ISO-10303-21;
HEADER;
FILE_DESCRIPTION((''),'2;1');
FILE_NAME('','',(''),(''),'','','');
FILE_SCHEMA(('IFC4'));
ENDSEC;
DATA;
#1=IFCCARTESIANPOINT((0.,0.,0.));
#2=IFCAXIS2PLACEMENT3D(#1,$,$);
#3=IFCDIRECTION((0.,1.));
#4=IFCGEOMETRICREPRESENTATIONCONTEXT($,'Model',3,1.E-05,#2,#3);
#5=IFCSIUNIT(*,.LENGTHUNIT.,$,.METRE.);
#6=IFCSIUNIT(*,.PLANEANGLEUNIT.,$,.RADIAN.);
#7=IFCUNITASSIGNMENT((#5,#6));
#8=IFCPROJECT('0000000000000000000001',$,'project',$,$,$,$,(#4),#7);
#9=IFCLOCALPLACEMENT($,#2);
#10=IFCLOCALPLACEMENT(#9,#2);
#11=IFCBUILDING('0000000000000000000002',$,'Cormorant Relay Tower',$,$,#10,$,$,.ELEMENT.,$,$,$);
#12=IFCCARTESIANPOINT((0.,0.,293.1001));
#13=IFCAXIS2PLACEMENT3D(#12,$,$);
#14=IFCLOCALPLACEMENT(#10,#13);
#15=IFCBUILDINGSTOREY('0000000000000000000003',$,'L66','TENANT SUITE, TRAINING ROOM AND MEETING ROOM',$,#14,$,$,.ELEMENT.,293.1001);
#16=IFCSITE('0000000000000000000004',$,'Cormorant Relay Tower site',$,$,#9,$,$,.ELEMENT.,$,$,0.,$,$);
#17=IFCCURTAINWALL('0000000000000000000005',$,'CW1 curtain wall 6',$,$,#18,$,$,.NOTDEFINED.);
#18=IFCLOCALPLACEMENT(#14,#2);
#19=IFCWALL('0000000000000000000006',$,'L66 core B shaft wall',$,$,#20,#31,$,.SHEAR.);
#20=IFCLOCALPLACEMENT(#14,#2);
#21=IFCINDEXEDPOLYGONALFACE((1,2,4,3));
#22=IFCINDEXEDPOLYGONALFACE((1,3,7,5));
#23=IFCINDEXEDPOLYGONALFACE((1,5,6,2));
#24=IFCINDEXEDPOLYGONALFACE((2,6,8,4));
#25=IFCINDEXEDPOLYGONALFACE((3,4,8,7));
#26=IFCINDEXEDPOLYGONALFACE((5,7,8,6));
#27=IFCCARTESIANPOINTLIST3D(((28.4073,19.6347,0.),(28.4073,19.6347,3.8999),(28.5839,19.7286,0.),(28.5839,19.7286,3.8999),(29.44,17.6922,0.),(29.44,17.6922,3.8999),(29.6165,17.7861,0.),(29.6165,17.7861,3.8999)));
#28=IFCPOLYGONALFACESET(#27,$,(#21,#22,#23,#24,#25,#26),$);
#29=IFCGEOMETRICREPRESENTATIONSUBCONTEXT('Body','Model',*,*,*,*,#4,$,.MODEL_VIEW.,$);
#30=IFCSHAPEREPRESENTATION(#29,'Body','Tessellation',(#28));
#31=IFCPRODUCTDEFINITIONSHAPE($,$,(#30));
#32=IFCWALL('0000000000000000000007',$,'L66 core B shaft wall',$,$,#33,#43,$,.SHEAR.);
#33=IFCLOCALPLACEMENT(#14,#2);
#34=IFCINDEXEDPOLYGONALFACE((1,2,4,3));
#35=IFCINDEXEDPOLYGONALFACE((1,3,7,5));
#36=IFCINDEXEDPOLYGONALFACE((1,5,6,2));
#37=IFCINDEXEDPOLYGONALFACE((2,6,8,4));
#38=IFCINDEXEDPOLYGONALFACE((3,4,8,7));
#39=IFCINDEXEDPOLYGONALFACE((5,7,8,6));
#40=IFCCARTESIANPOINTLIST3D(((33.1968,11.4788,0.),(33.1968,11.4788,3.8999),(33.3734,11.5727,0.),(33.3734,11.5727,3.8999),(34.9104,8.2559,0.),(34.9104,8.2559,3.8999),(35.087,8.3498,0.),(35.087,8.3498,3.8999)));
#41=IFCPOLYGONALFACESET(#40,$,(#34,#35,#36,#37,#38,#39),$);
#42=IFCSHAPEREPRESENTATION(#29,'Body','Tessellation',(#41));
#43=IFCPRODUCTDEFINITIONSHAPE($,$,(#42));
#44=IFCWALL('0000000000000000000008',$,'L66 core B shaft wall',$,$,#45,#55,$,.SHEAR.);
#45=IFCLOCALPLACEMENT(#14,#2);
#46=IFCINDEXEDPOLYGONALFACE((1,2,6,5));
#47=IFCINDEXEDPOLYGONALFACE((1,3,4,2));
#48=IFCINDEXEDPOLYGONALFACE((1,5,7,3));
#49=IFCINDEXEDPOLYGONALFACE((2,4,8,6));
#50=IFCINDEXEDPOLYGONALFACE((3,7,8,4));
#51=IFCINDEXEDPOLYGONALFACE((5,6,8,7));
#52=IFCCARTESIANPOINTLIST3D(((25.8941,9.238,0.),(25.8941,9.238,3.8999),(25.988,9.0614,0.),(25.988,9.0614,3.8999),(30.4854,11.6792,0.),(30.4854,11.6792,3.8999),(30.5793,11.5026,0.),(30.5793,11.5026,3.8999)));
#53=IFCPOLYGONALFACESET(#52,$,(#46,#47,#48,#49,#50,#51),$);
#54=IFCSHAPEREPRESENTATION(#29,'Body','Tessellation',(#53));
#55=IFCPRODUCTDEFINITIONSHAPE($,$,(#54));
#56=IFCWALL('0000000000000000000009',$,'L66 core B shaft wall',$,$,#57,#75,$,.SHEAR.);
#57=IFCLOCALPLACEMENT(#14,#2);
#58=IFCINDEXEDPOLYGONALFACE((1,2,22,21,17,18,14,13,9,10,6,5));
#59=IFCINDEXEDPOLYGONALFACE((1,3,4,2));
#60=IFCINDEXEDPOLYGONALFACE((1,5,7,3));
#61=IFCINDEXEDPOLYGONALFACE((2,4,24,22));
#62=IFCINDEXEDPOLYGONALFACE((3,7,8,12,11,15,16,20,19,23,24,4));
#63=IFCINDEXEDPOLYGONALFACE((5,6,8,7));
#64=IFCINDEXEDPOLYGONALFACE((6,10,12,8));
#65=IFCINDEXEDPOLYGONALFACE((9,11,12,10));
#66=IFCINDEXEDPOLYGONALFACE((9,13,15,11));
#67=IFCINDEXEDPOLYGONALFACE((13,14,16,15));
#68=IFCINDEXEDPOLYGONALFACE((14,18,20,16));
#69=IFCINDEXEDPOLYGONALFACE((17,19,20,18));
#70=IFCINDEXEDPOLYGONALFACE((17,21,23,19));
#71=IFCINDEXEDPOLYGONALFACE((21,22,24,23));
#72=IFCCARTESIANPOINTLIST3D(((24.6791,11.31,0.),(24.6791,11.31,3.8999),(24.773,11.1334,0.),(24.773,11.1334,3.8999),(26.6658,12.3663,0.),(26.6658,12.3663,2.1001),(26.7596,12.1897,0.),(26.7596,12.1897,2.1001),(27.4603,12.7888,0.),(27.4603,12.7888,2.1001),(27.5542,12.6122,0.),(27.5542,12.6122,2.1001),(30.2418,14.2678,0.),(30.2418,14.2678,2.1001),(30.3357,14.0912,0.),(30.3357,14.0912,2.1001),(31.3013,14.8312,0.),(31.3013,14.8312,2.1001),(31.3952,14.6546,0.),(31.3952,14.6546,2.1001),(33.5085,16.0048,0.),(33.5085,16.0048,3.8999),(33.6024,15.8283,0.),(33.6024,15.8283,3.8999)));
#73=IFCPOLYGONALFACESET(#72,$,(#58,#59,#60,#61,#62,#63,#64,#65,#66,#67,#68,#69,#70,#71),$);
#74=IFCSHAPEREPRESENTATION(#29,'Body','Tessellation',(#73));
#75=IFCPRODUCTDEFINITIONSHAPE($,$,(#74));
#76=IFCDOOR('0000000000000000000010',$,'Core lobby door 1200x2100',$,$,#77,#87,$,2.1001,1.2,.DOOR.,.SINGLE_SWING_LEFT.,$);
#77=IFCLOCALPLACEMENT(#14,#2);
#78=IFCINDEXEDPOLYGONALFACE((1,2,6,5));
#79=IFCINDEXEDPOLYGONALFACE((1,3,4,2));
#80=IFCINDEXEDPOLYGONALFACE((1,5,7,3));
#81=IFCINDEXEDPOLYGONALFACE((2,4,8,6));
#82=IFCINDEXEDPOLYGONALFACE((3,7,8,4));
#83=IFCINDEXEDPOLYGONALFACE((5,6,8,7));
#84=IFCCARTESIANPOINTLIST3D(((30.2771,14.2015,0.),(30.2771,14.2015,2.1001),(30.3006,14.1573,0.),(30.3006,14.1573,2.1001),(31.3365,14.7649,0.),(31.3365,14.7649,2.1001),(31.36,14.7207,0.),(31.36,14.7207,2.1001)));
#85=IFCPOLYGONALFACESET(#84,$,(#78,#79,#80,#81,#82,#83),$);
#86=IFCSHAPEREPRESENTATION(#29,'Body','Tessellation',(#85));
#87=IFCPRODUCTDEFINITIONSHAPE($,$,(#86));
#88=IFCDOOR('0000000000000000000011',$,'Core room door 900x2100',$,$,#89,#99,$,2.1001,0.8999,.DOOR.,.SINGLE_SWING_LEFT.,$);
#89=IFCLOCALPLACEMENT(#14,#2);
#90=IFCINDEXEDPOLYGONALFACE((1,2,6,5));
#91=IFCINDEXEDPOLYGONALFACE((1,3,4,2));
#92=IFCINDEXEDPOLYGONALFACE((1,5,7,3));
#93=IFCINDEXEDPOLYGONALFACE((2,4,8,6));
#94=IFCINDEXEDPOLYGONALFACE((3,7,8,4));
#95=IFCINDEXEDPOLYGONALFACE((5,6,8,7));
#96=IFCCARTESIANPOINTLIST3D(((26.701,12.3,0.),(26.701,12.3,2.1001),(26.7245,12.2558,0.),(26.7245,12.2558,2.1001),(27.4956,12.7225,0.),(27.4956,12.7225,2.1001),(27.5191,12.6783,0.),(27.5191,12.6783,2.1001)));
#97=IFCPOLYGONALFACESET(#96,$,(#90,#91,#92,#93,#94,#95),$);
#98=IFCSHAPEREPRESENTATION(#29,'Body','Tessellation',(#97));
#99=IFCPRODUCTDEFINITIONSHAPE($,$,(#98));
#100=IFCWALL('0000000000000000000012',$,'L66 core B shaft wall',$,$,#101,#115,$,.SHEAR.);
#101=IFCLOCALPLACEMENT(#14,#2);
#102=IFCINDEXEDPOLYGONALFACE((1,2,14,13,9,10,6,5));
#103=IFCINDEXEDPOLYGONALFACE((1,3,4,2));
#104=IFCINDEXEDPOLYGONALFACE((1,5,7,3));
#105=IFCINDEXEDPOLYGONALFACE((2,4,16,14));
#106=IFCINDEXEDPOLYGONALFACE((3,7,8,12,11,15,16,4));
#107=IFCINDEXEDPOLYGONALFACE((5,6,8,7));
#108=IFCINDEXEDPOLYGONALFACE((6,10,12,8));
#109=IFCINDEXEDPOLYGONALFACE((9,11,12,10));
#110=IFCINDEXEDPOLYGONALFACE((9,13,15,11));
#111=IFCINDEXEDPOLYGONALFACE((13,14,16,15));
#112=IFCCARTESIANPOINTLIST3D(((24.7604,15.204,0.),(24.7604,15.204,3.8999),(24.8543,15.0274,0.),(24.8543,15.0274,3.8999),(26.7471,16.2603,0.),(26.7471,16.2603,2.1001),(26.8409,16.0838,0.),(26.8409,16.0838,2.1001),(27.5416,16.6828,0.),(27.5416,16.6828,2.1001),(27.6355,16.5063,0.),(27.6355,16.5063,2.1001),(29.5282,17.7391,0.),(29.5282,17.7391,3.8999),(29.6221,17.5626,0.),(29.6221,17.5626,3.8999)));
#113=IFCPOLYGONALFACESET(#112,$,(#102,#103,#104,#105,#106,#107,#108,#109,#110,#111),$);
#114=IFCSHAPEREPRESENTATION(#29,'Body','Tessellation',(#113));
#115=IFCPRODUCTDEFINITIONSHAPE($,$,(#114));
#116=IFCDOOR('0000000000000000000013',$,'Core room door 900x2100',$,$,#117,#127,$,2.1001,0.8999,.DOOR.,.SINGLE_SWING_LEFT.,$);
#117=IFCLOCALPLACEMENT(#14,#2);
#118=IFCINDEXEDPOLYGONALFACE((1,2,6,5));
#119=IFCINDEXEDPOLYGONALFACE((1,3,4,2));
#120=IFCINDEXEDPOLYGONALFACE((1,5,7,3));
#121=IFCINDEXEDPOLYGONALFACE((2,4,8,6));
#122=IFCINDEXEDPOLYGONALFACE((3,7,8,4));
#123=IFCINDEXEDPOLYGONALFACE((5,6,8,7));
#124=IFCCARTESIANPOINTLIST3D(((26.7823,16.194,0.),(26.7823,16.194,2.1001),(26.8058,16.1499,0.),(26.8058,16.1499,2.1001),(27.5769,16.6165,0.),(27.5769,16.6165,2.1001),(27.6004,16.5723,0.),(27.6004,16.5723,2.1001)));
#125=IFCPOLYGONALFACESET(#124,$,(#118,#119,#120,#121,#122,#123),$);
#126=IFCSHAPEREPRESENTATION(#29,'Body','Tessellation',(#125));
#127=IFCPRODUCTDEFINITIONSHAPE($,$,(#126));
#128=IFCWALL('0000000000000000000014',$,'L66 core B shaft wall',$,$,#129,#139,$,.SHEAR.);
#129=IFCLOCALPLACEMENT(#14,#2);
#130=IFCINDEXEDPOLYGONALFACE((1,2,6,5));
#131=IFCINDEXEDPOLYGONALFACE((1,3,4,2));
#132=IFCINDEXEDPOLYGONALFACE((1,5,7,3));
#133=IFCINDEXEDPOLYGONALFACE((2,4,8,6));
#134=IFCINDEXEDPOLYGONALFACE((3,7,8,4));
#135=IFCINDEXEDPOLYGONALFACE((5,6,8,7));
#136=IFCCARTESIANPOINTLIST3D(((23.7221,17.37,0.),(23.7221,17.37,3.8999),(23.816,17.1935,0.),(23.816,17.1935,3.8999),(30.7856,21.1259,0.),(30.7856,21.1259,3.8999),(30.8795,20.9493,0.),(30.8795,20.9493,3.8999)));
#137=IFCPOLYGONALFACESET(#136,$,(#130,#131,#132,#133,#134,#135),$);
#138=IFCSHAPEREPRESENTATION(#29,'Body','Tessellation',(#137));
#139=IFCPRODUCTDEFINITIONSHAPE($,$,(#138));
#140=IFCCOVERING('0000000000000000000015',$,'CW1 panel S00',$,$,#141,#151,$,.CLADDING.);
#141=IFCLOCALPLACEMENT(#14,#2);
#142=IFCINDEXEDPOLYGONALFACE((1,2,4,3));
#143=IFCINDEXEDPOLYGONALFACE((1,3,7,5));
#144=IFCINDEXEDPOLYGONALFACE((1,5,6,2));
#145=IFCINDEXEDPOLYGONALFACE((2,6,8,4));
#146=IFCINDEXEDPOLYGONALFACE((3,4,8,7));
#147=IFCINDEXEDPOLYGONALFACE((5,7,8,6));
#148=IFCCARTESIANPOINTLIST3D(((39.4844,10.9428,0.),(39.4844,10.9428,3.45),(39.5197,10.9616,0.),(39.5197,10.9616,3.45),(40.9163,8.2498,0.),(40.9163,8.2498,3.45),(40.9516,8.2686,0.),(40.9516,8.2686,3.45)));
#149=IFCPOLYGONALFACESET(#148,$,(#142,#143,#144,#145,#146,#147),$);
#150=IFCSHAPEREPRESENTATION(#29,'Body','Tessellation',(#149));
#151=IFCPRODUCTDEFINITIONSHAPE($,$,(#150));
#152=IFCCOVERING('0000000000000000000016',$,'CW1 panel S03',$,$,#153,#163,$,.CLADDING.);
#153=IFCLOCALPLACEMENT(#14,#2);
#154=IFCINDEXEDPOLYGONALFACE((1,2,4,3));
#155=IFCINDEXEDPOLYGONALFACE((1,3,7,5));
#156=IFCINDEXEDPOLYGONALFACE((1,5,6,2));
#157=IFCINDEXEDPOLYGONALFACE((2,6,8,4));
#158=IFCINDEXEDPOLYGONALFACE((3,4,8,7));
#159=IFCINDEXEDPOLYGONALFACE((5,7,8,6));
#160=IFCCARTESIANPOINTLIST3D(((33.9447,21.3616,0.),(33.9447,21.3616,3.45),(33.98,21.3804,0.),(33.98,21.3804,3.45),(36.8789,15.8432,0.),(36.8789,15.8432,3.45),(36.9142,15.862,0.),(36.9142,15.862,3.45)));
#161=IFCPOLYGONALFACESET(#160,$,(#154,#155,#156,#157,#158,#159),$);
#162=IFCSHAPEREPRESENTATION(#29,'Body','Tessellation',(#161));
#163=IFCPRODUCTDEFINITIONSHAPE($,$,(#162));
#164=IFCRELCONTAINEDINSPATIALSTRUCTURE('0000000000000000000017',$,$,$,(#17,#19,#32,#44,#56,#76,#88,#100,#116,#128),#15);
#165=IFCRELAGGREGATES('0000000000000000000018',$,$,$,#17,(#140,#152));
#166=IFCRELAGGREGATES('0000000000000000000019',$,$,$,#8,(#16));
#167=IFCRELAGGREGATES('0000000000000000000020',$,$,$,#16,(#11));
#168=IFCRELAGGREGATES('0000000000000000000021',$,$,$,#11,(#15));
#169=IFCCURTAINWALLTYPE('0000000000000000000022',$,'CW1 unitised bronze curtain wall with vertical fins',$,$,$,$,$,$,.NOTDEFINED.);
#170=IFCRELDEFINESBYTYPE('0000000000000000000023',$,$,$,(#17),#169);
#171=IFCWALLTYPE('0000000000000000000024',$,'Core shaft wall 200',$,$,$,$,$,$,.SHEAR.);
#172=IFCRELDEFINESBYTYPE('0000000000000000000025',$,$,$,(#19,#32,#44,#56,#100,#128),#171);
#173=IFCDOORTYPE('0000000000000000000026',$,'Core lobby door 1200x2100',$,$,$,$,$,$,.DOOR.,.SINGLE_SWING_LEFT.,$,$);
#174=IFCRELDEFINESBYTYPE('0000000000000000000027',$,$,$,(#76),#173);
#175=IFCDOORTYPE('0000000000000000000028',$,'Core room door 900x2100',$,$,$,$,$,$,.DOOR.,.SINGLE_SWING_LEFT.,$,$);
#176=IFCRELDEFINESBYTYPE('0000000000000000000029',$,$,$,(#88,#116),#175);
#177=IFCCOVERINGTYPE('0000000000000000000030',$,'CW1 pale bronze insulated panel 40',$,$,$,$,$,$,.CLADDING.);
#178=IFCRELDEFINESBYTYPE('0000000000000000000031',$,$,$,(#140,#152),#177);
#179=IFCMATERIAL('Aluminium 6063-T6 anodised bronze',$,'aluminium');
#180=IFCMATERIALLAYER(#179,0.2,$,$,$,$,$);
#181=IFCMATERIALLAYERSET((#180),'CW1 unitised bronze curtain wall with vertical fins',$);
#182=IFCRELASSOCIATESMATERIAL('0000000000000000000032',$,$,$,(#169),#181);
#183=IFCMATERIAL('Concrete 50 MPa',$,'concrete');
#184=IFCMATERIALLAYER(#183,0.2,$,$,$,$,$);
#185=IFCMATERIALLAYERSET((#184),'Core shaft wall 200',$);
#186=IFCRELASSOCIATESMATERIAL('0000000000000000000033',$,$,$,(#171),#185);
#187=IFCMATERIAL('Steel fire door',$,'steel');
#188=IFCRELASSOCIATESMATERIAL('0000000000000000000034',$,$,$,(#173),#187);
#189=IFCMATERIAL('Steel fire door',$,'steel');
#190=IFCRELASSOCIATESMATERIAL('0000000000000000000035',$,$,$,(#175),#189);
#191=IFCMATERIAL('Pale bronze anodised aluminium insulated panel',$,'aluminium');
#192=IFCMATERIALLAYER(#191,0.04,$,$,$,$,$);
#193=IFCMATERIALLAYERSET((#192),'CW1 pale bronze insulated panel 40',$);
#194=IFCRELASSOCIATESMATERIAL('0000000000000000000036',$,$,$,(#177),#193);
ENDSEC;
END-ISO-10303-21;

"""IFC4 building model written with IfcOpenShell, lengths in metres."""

from ifc_helpers import new_model, si_unit, direction, frame, frame_2d, origin, origin_2d, place, context, subcontext, project, spatial, rectangle, extrude, material, layer, layer_set, type_object, element, fill, aggregate, save


model = new_model("IFC4")

# Units and contexts
model_context = context("Model", 3, precision=1e-05, world=origin(), true_north=direction((0.0, 1.0)))
body_context = subcontext(model_context, "Body", "Model", "MODEL_VIEW")
ifc_project = project(units=[si_unit("LENGTHUNIT", "METRE"), si_unit("PLANEANGLEUNIT", "RADIAN")], contexts=[model_context])

# Site, building, storey
site_placement = place(None, origin())
site = spatial("IfcSite", under=ifc_project, at=site_placement, Name="Cormorant Relay Tower site", CompositionType="ELEMENT", RefElevation=0.0)
building_placement = place(site_placement, origin())
building = spatial("IfcBuilding", under=site, at=building_placement, Name="Cormorant Relay Tower", CompositionType="ELEMENT")
storey_placement = place(building_placement, frame((0.0, 0.0, 293.1001)))
storey = spatial("IfcBuildingStorey", under=building, at=storey_placement, Name="L66", Description="TENANT SUITE, TRAINING ROOM AND MEETING ROOM", CompositionType="ELEMENT", Elevation=293.1001)

# Curtain wall
ifc_material_1 = material(Name="Aluminium 6063-T6 anodised bronze", Category="aluminium")
ifc_layer_1 = layer(ifc_material_1, 0.2)
ifc_layer_set_1 = layer_set([ifc_layer_1], Name="CW1 unitised bronze curtain wall with vertical fins")
curtain_wall_type = type_object("IfcCurtainWallType", Name="CW1 unitised bronze curtain wall with vertical fins", PredefinedType="NOTDEFINED", material=ifc_layer_set_1)
curtain_wall_1_placement = place(storey_placement, origin())
curtain_wall_1 = element("IfcCurtainWall", 1, at=curtain_wall_1_placement, inside=storey, type_object=curtain_wall_type, Name="CW1 curtain wall 6", PredefinedType="NOTDEFINED")

# Shared definitions
ifc_material_2 = material(Name="Concrete 50 MPa", Category="concrete")
ifc_layer_2 = layer(ifc_material_2, 0.2)
ifc_layer_set_2 = layer_set([ifc_layer_2], Name="Core shaft wall 200")
wall_type_1 = type_object("IfcWallType", Name="Core shaft wall 200", PredefinedType="SHEAR", material=ifc_layer_set_2)

# Walls
wall_1_placement = place(storey_placement, frame((29.5283, 17.739, 0.0), z_axis=(0.0, 0.0, 1.0), x_axis=(-0.469401, 0.882985, 0.0)))
element("IfcWall", 2, at=wall_1_placement, inside=storey, type_object=wall_type_1, Name="L66 core B shaft wall", PredefinedType="SHEAR", context=body_context, shape_type="SweptSolid", body=[
    extrude(rectangle(XDim=2.2, YDim=0.2, at=frame_2d((1.1001, 0.0))), origin(), (0.0, 0.0, 1.0), 3.8999),
])
wall_2_placement = place(storey_placement, frame((34.9988, 8.3027, 0.0), z_axis=(0.0, 0.0, 1.0), x_axis=(-0.469467, 0.88295, 0.0)))
element("IfcWall", 3, at=wall_2_placement, inside=storey, type_object=wall_type_1, Name="L66 core B shaft wall", PredefinedType="SHEAR", context=body_context, shape_type="SweptSolid", body=[
    extrude(rectangle(XDim=3.6501, YDim=0.2, at=frame_2d((1.8252, 0.0))), origin(), (0.0, 0.0, 1.0), 3.8999),
])

# Wall
wall_3_placement = place(storey_placement, frame((25.9409, 9.1497, 0.0), z_axis=(0.0, 0.0, 1.0), x_axis=(0.882954, 0.46946, 0.0)))
element("IfcWall", 4, at=wall_3_placement, inside=storey, type_object=wall_type_1, Name="L66 core B shaft wall", PredefinedType="SHEAR", context=body_context, shape_type="SweptSolid", body=[
    extrude(rectangle(XDim=5.2, YDim=0.2, at=frame_2d((2.6001, 0.0))), origin(), (0.0, 0.0, 1.0), 3.8999),
])

# Wall, openings, doors
wall_4_placement = place(storey_placement, frame((24.7261, 11.2217, 0.0), z_axis=(0.0, 0.0, 1.0), x_axis=(0.88294, 0.469485, 0.0)))
wall_4 = element("IfcWall", 5, at=wall_4_placement, inside=storey, type_object=wall_type_1, Name="L66 core B shaft wall", PredefinedType="SHEAR", context=body_context, shape_type="SweptSolid", body=[
    extrude(rectangle(XDim=10.0, YDim=0.2, at=frame_2d((5.0, 0.0))), origin(), (0.0, 0.0, 1.0), 3.8999),
])
opening_1_placement = place(wall_4_placement, frame((6.3, 0.0, 0.0)))
opening_1 = element("IfcOpeningElement", 6, at=opening_1_placement, cuts=wall_4, PredefinedType="OPENING", context=body_context, shape_type="SweptSolid", body=[
    extrude(rectangle(XDim=1.2, YDim=2.1001, at=frame_2d((0.6001, 1.05))), frame((0.0, 0.1099, 0.0), z_axis=(0.0, -1.0, 0.0), x_axis=(1.0, 0.0, 0.0)), (0.0, 0.0, 1.0), 0.22),
])
opening_2_placement = place(wall_4_placement, frame((2.25, 0.0, 0.0)))
opening_2 = element("IfcOpeningElement", 7, at=opening_2_placement, cuts=wall_4, PredefinedType="OPENING", context=body_context, shape_type="SweptSolid", body=[
    extrude(rectangle(XDim=0.8999, YDim=2.1001, at=frame_2d((0.45, 1.05))), frame((0.0, 0.1099, 0.0), z_axis=(0.0, -1.0, 0.0), x_axis=(1.0, 0.0, 0.0)), (0.0, 0.0, 1.0), 0.22),
])
ifc_material_3 = material(Name="Steel fire door", Category="steel")
door_type_1 = type_object("IfcDoorType", Name="Core lobby door 1200x2100", OperationType="SINGLE_SWING_LEFT", PredefinedType="DOOR", material=ifc_material_3)
door_1_placement = place(opening_1_placement, origin())
door_1 = element("IfcDoor", 8, at=door_1_placement, inside=storey, type_object=door_type_1, Name="Core lobby door 1200x2100", OperationType="SINGLE_SWING_LEFT", OverallHeight=2.1001, OverallWidth=1.2, PredefinedType="DOOR", context=body_context, shape_type="SweptSolid", body=[
    extrude(rectangle(XDim=1.2, YDim=2.1001, at=frame_2d((0.6001, 1.05))), frame((0.0, 0.0249, 0.0), z_axis=(0.0, -1.0, 0.0), x_axis=(1.0, 0.0, 0.0)), (0.0, 0.0, 1.0), 0.05),
])
fill(opening_1, door_1)
ifc_material_4 = material(Name="Steel fire door", Category="steel")
door_type_2 = type_object("IfcDoorType", Name="Core room door 900x2100", OperationType="SINGLE_SWING_LEFT", PredefinedType="DOOR", material=ifc_material_4)
door_2_placement = place(opening_2_placement, origin())
door_2 = element("IfcDoor", 9, at=door_2_placement, inside=storey, type_object=door_type_2, Name="Core room door 900x2100", OperationType="SINGLE_SWING_LEFT", OverallHeight=2.1001, OverallWidth=0.8999, PredefinedType="DOOR", context=body_context, shape_type="SweptSolid", body=[
    extrude(rectangle(XDim=0.8999, YDim=2.1001, at=frame_2d((0.45, 1.05))), frame((0.0, 0.0249, 0.0), z_axis=(0.0, -1.0, 0.0), x_axis=(1.0, 0.0, 0.0)), (0.0, 0.0, 1.0), 0.05),
])
fill(opening_2, door_2)

# Wall, opening, door
wall_5_placement = place(storey_placement, frame((24.8074, 15.1157, 0.0), z_axis=(0.0, 0.0, 1.0), x_axis=(0.882943, 0.46948, 0.0)))
wall_5 = element("IfcWall", 10, at=wall_5_placement, inside=storey, type_object=wall_type_1, Name="L66 core B shaft wall", PredefinedType="SHEAR", context=body_context, shape_type="SweptSolid", body=[
    extrude(rectangle(XDim=5.3999, YDim=0.2, at=frame_2d((2.7, 0.0))), origin(), (0.0, 0.0, 1.0), 3.8999),
])
opening_3_placement = place(wall_5_placement, frame((2.25, 0.0, 0.0)))
opening_3 = element("IfcOpeningElement", 11, at=opening_3_placement, cuts=wall_5, PredefinedType="OPENING", context=body_context, shape_type="SweptSolid", body=[
    extrude(rectangle(XDim=0.8999, YDim=2.1001, at=frame_2d((0.45, 1.05))), frame((0.0, 0.1099, 0.0), z_axis=(0.0, -1.0, 0.0), x_axis=(1.0, 0.0, 0.0)), (0.0, 0.0, 1.0), 0.22),
])
door_3_placement = place(opening_3_placement, origin())
door_3 = element("IfcDoor", 12, at=door_3_placement, inside=storey, type_object=door_type_2, Name="Core room door 900x2100", OperationType="SINGLE_SWING_LEFT", OverallHeight=2.1001, OverallWidth=0.8999, PredefinedType="DOOR", context=body_context, shape_type="SweptSolid", body=[
    extrude(rectangle(XDim=0.8999, YDim=2.1001, at=frame_2d((0.45, 1.05))), frame((0.0, 0.0249, 0.0), z_axis=(0.0, -1.0, 0.0), x_axis=(1.0, 0.0, 0.0)), (0.0, 0.0, 1.0), 0.05),
])
fill(opening_3, door_3)

# Wall
wall_6_placement = place(storey_placement, frame((23.769, 17.2817, 0.0), z_axis=(0.0, 0.0, 1.0), x_axis=(0.88294, 0.469485, 0.0)))
element("IfcWall", 13, at=wall_6_placement, inside=storey, type_object=wall_type_1, Name="L66 core B shaft wall", PredefinedType="SHEAR", context=body_context, shape_type="SweptSolid", body=[
    extrude(rectangle(XDim=8.0, YDim=0.2, at=frame_2d((4.0, 0.0))), origin(), (0.0, 0.0, 1.0), 3.8999),
])

# Coverings
ifc_material_5 = material(Name="Pale bronze anodised aluminium insulated panel", Category="aluminium")
ifc_layer_3 = layer(ifc_material_5, 0.04)
ifc_layer_set_3 = layer_set([ifc_layer_3], Name="CW1 pale bronze insulated panel 40")
covering_type = type_object("IfcCoveringType", Name="CW1 pale bronze insulated panel 40", PredefinedType="CLADDING", material=ifc_layer_set_3)
covering_1_placement = place(storey_placement, frame((40.218, 9.6057, 0.0), z_axis=(0.0, 0.0, 1.0), x_axis=(-0.469472, 0.882948, 0.0)))
covering_1 = element("IfcCovering", 14, at=covering_1_placement, type_object=covering_type, Name="CW1 panel S00", PredefinedType="CLADDING", context=body_context, shape_type="SweptSolid", body=[
    extrude(rectangle(XDim=3.05, YDim=0.04, at=origin_2d()), origin(), (0.0, 0.0, 1.0), 3.45),
])
covering_2_placement = place(storey_placement, frame((35.4294, 18.6118, 0.0), z_axis=(0.0, 0.0, 1.0), x_axis=(-0.469472, 0.882948, 0.0)))
covering_2 = element("IfcCovering", 15, at=covering_2_placement, type_object=covering_type, Name="CW1 panel S03", PredefinedType="CLADDING", context=body_context, shape_type="SweptSolid", body=[
    extrude(rectangle(XDim=6.25, YDim=0.04, at=origin_2d()), origin(), (0.0, 0.0, 1.0), 3.45),
])
aggregate(curtain_wall_1, [covering_1, covering_2])

save(model, "model.ifc")
